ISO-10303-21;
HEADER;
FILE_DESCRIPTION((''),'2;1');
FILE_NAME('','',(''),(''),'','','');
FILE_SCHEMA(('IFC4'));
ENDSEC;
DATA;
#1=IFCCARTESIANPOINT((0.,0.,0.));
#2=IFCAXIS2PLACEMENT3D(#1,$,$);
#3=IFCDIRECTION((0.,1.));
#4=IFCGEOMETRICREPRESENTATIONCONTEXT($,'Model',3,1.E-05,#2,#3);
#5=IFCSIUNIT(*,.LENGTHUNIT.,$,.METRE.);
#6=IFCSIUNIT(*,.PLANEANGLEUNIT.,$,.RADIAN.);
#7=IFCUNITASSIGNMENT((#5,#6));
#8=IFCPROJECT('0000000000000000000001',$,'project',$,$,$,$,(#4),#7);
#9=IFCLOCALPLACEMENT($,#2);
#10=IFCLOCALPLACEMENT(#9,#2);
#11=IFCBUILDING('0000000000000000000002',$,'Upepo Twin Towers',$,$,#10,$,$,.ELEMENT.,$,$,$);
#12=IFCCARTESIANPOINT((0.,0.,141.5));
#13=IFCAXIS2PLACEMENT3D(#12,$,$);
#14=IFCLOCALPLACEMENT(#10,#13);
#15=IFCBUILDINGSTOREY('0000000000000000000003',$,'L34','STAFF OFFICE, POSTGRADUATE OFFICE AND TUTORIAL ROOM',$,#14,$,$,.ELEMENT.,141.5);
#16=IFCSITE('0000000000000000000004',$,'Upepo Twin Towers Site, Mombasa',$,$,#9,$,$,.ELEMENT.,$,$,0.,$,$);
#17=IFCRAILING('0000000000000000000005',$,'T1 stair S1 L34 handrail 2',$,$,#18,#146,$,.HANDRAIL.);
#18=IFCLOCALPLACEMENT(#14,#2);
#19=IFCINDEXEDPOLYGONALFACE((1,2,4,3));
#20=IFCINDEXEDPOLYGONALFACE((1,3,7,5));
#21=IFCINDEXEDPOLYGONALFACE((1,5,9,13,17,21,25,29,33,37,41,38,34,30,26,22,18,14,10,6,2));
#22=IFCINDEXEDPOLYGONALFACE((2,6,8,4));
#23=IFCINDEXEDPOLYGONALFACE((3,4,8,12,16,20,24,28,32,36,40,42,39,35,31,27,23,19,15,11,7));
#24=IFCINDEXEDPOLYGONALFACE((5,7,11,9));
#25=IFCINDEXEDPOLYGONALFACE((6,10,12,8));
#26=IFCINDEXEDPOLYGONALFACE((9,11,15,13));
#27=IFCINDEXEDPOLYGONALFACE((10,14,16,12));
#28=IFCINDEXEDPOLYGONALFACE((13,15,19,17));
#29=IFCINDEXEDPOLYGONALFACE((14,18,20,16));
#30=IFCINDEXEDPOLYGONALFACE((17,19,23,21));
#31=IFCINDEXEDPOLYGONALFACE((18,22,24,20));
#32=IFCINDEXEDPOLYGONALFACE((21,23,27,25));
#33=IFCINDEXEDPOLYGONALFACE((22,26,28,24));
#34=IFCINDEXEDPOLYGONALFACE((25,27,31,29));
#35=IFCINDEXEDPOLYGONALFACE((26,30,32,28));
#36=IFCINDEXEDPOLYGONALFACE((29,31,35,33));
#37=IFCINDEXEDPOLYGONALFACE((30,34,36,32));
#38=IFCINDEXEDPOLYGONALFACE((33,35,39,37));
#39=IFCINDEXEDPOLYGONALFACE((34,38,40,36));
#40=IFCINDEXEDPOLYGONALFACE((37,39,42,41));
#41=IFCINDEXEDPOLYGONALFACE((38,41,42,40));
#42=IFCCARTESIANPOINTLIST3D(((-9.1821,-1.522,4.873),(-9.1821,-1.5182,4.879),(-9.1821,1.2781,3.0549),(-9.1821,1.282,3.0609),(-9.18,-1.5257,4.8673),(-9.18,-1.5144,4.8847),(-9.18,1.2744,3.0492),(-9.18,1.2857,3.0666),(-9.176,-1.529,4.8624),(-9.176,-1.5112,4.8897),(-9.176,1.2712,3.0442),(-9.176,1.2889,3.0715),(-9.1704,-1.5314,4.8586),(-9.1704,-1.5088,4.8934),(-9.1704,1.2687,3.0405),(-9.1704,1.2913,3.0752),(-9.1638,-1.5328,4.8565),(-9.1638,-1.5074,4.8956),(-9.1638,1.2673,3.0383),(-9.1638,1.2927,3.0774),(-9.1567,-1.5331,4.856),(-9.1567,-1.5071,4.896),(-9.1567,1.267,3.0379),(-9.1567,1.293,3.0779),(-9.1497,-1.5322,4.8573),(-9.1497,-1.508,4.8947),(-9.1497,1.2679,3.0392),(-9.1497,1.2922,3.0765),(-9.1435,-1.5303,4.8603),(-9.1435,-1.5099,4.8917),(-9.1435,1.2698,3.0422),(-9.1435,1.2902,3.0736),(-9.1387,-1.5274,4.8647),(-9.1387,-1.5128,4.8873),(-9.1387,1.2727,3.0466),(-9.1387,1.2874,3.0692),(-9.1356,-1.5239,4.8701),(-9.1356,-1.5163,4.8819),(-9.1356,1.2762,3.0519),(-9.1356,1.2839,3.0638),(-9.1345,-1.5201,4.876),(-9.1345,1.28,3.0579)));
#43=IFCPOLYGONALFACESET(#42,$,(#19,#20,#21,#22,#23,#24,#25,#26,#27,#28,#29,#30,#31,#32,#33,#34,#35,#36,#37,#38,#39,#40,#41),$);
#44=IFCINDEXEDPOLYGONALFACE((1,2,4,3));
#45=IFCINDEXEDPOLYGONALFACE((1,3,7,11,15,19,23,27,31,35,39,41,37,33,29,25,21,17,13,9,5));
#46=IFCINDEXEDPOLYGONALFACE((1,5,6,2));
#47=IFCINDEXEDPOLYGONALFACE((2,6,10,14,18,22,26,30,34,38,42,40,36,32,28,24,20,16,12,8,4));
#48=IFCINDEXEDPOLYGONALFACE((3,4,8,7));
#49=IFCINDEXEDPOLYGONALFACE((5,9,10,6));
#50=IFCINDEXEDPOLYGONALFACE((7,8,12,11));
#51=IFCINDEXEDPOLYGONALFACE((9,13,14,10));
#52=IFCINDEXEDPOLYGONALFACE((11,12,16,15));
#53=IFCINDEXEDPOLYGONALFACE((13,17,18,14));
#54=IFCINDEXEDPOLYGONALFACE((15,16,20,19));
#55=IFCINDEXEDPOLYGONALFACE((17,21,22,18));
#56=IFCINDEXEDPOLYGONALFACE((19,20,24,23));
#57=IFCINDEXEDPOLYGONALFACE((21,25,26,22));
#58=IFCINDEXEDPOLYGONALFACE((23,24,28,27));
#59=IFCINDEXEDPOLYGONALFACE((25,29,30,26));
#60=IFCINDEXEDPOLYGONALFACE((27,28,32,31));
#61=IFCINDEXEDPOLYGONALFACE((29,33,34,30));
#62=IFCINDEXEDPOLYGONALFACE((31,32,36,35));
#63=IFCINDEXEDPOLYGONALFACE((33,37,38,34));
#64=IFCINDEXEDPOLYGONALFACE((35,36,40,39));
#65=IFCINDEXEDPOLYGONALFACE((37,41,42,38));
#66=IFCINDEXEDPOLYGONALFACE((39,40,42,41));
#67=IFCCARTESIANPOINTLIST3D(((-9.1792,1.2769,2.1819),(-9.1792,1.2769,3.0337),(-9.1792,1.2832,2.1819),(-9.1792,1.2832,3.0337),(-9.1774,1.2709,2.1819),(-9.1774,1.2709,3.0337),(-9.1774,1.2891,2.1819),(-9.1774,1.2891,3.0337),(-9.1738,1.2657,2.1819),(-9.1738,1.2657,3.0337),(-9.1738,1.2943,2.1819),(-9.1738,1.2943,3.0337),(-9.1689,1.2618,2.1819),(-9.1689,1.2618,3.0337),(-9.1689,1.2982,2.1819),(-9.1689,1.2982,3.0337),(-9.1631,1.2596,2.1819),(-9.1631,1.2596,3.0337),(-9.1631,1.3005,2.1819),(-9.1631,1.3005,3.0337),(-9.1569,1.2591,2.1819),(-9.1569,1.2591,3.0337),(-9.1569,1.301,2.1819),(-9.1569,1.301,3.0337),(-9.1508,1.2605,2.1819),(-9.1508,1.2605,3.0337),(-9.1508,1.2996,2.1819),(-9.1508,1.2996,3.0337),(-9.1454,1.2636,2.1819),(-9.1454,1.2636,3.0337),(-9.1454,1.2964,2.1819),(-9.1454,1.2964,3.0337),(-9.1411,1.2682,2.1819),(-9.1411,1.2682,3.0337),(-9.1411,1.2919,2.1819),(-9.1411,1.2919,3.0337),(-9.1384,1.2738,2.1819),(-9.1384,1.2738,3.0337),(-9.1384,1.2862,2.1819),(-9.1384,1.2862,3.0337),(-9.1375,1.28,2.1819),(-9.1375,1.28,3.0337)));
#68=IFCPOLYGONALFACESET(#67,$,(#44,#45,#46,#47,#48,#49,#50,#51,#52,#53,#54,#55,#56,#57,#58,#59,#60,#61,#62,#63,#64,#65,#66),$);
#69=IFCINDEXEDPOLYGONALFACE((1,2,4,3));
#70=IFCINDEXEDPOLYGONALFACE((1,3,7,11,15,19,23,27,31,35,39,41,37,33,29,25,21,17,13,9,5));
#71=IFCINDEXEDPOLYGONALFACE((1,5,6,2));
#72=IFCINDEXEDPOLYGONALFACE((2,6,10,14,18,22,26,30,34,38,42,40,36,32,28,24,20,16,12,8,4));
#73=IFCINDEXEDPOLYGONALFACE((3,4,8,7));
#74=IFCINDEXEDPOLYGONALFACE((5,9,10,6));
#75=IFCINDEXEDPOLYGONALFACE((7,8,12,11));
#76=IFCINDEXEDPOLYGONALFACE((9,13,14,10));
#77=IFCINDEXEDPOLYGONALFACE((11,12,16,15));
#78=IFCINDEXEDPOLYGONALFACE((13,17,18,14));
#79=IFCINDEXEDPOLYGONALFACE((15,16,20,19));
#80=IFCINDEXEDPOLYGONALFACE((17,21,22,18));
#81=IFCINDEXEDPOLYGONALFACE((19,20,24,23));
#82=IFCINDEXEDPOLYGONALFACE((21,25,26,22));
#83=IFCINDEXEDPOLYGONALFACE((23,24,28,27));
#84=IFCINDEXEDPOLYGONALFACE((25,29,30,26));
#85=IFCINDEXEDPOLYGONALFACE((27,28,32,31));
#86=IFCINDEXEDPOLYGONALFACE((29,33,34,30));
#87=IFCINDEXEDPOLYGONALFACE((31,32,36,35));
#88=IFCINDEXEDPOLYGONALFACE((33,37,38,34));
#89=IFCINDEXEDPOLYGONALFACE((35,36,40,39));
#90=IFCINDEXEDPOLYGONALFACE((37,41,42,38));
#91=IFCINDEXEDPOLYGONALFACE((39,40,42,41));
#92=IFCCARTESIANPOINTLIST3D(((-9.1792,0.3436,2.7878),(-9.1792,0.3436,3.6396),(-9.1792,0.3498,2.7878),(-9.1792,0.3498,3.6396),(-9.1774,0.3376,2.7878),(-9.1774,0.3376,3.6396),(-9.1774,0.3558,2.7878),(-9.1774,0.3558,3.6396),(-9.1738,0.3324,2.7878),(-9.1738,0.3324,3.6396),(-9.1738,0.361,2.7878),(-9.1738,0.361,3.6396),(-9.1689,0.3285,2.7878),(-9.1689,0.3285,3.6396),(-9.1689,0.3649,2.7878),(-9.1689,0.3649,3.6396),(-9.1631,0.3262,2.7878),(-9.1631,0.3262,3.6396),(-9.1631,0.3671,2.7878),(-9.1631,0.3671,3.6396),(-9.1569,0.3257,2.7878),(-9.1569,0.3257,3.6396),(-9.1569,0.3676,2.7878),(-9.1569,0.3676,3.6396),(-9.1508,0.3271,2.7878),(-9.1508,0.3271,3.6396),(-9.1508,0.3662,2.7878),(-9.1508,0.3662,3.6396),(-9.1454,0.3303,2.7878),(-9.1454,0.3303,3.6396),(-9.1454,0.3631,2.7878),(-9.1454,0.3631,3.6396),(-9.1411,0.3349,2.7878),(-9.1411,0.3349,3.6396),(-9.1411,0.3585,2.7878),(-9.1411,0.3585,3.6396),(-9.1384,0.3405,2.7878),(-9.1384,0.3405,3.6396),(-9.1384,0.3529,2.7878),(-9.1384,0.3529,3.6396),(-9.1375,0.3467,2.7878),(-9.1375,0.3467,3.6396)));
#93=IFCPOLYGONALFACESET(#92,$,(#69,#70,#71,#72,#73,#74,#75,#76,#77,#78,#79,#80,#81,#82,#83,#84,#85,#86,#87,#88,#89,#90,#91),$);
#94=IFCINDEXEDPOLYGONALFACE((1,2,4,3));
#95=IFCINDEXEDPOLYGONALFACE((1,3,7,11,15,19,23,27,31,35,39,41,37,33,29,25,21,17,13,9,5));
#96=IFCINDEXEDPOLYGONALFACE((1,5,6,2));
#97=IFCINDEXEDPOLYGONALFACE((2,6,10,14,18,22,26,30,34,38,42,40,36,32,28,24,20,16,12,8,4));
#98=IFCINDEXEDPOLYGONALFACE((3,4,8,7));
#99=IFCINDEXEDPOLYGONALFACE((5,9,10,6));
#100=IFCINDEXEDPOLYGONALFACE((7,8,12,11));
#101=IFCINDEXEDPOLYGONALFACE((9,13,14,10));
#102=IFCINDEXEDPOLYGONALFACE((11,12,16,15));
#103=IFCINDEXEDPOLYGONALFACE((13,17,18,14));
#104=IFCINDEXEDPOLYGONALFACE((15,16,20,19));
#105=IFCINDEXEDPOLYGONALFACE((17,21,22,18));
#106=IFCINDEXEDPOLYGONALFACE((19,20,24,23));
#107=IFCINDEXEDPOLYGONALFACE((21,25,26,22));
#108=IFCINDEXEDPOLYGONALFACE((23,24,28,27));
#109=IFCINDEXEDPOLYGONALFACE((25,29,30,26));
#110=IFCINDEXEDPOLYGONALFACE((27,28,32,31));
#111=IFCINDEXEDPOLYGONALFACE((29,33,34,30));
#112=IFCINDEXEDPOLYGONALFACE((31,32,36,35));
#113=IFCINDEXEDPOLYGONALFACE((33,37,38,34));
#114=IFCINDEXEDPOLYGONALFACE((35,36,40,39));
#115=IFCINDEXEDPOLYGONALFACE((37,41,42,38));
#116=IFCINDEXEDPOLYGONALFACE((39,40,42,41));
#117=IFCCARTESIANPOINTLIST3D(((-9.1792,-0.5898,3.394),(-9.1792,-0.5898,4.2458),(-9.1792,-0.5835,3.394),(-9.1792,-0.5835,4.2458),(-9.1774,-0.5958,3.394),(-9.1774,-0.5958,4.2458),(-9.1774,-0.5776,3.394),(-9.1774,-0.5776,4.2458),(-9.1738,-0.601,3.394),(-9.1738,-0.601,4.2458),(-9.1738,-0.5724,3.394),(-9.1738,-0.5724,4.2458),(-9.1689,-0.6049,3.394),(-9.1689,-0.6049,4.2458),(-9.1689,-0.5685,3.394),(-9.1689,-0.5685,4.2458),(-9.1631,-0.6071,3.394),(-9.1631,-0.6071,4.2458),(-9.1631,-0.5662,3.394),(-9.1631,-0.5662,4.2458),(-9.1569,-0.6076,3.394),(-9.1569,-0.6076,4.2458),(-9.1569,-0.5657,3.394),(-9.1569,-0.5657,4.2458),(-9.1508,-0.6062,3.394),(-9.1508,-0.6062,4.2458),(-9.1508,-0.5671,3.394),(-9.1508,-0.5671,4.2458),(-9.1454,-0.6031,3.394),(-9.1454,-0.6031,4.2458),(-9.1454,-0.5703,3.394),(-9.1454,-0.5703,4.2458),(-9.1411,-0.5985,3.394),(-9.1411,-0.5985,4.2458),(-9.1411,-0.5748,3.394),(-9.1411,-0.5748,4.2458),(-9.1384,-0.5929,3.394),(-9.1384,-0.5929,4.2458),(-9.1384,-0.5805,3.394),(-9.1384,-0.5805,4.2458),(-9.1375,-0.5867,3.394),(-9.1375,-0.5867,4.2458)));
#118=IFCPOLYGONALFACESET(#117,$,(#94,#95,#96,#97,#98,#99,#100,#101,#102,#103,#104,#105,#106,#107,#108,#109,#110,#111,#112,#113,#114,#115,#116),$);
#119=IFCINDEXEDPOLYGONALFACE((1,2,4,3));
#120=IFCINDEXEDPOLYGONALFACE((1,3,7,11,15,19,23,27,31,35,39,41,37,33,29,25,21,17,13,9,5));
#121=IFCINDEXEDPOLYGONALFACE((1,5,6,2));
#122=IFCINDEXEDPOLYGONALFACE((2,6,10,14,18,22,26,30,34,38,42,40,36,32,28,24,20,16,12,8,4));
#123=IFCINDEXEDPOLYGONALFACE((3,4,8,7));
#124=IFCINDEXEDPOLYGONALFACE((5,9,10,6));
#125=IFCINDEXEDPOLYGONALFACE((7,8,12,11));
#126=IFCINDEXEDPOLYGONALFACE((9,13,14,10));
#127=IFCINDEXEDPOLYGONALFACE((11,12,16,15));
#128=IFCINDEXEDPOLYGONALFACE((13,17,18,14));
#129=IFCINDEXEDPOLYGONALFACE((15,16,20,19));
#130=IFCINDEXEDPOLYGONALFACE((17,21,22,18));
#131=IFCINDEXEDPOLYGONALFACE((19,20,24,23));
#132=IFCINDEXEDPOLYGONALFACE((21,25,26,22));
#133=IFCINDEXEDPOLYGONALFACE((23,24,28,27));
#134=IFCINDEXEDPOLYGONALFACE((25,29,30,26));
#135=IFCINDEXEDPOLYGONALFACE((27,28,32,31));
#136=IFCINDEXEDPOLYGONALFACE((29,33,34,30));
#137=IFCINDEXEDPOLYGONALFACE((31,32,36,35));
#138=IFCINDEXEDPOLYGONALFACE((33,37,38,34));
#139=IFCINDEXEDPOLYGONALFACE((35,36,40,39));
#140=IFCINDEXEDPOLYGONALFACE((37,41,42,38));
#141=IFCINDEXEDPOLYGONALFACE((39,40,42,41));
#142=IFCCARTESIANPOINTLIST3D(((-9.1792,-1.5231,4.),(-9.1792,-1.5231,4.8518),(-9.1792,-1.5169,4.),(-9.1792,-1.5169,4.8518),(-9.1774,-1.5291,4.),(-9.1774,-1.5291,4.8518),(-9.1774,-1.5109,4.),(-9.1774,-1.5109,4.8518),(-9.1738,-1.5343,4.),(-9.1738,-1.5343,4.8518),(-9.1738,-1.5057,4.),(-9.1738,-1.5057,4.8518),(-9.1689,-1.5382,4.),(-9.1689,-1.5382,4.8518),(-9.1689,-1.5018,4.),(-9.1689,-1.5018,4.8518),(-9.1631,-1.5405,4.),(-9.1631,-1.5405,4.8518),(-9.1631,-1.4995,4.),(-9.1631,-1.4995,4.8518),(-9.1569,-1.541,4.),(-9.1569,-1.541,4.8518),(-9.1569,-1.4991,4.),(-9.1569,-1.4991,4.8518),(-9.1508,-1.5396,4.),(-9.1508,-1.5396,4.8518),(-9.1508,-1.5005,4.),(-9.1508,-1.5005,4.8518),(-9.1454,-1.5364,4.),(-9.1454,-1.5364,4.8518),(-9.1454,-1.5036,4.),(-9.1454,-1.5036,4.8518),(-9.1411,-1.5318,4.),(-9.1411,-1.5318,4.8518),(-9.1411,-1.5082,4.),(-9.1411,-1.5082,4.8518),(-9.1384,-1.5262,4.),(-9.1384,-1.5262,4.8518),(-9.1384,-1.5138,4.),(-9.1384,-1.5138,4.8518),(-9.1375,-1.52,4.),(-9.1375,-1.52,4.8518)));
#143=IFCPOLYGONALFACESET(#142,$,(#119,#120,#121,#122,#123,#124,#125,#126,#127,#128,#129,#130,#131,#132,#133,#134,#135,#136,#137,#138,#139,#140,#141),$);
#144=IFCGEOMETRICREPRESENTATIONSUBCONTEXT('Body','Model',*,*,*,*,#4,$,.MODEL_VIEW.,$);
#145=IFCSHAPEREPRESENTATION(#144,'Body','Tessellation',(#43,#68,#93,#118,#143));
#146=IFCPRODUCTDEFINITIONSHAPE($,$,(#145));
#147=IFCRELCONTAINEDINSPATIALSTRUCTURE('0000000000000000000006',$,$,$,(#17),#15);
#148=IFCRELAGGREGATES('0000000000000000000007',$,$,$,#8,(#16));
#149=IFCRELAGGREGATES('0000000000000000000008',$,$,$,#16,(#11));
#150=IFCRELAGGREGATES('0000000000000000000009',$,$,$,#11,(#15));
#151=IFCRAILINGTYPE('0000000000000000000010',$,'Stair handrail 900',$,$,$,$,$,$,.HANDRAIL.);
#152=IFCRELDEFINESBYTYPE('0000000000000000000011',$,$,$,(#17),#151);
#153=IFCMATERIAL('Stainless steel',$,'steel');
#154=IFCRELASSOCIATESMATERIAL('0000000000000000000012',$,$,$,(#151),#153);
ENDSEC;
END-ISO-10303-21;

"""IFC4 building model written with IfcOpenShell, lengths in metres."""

from ifc_helpers import new_model, si_unit, direction, frame, origin, origin_2d, place, context, subcontext, project, spatial, circle, extrude, material, type_object, element, save


model = new_model("IFC4")

# Units and contexts
model_context = context("Model", 3, precision=1e-05, world=origin(), true_north=direction((0.0, 1.0)))
body_context = subcontext(model_context, "Body", "Model", "MODEL_VIEW")
ifc_project = project(units=[si_unit("LENGTHUNIT", "METRE"), si_unit("PLANEANGLEUNIT", "RADIAN")], contexts=[model_context])

# Site, building, storey
site_placement = place(None, origin())
site = spatial("IfcSite", under=ifc_project, at=site_placement, Name="Upepo Twin Towers Site, Mombasa", CompositionType="ELEMENT", RefElevation=0.0)
building_placement = place(site_placement, origin())
building = spatial("IfcBuilding", under=site, at=building_placement, Name="Upepo Twin Towers", CompositionType="ELEMENT")
storey_placement = place(building_placement, frame((0.0, 0.0, 141.5)))
storey = spatial("IfcBuildingStorey", under=building, at=storey_placement, Name="L34", Description="STAFF OFFICE, POSTGRADUATE OFFICE AND TUTORIAL ROOM", CompositionType="ELEMENT", Elevation=141.5)

# Railing
ifc_material_1 = material(Name="Stainless steel", Category="steel")
railing_type = type_object("IfcRailingType", Name="Stair handrail 900", PredefinedType="HANDRAIL", material=ifc_material_1)
railing_1_placement = place(storey_placement, frame((-9.1584, 1.28, 2.1819)))
element("IfcRailing", 1, at=railing_1_placement, inside=storey, type_object=railing_type, Name="T1 stair S1 L34 handrail 2", PredefinedType="HANDRAIL", context=body_context, shape_type="SweptSolid", body=[
    extrude(circle(Radius=0.0239, at=origin_2d()), frame((0.0, 0.0, 0.876), z_axis=(0.0, -0.838706, 0.544585), x_axis=(1.0, 0.0, 0.0)), (0.0, 0.0, 1.0), 3.3386),
    extrude(circle(Radius=0.021, at=origin_2d()), origin(), (0.0, 0.0, 1.0), 0.8518),
    extrude(circle(Radius=0.021, at=origin_2d()), frame((0.0, -0.9333, 0.606)), (0.0, 0.0, 1.0), 0.8518),
    extrude(circle(Radius=0.021, at=origin_2d()), frame((0.0, -1.8667, 1.2122)), (0.0, 0.0, 1.0), 0.8518),
    extrude(circle(Radius=0.021, at=origin_2d()), frame((0.0, -2.8, 1.8181)), (0.0, 0.0, 1.0), 0.8518),
])

save(model, "model.ifc")
